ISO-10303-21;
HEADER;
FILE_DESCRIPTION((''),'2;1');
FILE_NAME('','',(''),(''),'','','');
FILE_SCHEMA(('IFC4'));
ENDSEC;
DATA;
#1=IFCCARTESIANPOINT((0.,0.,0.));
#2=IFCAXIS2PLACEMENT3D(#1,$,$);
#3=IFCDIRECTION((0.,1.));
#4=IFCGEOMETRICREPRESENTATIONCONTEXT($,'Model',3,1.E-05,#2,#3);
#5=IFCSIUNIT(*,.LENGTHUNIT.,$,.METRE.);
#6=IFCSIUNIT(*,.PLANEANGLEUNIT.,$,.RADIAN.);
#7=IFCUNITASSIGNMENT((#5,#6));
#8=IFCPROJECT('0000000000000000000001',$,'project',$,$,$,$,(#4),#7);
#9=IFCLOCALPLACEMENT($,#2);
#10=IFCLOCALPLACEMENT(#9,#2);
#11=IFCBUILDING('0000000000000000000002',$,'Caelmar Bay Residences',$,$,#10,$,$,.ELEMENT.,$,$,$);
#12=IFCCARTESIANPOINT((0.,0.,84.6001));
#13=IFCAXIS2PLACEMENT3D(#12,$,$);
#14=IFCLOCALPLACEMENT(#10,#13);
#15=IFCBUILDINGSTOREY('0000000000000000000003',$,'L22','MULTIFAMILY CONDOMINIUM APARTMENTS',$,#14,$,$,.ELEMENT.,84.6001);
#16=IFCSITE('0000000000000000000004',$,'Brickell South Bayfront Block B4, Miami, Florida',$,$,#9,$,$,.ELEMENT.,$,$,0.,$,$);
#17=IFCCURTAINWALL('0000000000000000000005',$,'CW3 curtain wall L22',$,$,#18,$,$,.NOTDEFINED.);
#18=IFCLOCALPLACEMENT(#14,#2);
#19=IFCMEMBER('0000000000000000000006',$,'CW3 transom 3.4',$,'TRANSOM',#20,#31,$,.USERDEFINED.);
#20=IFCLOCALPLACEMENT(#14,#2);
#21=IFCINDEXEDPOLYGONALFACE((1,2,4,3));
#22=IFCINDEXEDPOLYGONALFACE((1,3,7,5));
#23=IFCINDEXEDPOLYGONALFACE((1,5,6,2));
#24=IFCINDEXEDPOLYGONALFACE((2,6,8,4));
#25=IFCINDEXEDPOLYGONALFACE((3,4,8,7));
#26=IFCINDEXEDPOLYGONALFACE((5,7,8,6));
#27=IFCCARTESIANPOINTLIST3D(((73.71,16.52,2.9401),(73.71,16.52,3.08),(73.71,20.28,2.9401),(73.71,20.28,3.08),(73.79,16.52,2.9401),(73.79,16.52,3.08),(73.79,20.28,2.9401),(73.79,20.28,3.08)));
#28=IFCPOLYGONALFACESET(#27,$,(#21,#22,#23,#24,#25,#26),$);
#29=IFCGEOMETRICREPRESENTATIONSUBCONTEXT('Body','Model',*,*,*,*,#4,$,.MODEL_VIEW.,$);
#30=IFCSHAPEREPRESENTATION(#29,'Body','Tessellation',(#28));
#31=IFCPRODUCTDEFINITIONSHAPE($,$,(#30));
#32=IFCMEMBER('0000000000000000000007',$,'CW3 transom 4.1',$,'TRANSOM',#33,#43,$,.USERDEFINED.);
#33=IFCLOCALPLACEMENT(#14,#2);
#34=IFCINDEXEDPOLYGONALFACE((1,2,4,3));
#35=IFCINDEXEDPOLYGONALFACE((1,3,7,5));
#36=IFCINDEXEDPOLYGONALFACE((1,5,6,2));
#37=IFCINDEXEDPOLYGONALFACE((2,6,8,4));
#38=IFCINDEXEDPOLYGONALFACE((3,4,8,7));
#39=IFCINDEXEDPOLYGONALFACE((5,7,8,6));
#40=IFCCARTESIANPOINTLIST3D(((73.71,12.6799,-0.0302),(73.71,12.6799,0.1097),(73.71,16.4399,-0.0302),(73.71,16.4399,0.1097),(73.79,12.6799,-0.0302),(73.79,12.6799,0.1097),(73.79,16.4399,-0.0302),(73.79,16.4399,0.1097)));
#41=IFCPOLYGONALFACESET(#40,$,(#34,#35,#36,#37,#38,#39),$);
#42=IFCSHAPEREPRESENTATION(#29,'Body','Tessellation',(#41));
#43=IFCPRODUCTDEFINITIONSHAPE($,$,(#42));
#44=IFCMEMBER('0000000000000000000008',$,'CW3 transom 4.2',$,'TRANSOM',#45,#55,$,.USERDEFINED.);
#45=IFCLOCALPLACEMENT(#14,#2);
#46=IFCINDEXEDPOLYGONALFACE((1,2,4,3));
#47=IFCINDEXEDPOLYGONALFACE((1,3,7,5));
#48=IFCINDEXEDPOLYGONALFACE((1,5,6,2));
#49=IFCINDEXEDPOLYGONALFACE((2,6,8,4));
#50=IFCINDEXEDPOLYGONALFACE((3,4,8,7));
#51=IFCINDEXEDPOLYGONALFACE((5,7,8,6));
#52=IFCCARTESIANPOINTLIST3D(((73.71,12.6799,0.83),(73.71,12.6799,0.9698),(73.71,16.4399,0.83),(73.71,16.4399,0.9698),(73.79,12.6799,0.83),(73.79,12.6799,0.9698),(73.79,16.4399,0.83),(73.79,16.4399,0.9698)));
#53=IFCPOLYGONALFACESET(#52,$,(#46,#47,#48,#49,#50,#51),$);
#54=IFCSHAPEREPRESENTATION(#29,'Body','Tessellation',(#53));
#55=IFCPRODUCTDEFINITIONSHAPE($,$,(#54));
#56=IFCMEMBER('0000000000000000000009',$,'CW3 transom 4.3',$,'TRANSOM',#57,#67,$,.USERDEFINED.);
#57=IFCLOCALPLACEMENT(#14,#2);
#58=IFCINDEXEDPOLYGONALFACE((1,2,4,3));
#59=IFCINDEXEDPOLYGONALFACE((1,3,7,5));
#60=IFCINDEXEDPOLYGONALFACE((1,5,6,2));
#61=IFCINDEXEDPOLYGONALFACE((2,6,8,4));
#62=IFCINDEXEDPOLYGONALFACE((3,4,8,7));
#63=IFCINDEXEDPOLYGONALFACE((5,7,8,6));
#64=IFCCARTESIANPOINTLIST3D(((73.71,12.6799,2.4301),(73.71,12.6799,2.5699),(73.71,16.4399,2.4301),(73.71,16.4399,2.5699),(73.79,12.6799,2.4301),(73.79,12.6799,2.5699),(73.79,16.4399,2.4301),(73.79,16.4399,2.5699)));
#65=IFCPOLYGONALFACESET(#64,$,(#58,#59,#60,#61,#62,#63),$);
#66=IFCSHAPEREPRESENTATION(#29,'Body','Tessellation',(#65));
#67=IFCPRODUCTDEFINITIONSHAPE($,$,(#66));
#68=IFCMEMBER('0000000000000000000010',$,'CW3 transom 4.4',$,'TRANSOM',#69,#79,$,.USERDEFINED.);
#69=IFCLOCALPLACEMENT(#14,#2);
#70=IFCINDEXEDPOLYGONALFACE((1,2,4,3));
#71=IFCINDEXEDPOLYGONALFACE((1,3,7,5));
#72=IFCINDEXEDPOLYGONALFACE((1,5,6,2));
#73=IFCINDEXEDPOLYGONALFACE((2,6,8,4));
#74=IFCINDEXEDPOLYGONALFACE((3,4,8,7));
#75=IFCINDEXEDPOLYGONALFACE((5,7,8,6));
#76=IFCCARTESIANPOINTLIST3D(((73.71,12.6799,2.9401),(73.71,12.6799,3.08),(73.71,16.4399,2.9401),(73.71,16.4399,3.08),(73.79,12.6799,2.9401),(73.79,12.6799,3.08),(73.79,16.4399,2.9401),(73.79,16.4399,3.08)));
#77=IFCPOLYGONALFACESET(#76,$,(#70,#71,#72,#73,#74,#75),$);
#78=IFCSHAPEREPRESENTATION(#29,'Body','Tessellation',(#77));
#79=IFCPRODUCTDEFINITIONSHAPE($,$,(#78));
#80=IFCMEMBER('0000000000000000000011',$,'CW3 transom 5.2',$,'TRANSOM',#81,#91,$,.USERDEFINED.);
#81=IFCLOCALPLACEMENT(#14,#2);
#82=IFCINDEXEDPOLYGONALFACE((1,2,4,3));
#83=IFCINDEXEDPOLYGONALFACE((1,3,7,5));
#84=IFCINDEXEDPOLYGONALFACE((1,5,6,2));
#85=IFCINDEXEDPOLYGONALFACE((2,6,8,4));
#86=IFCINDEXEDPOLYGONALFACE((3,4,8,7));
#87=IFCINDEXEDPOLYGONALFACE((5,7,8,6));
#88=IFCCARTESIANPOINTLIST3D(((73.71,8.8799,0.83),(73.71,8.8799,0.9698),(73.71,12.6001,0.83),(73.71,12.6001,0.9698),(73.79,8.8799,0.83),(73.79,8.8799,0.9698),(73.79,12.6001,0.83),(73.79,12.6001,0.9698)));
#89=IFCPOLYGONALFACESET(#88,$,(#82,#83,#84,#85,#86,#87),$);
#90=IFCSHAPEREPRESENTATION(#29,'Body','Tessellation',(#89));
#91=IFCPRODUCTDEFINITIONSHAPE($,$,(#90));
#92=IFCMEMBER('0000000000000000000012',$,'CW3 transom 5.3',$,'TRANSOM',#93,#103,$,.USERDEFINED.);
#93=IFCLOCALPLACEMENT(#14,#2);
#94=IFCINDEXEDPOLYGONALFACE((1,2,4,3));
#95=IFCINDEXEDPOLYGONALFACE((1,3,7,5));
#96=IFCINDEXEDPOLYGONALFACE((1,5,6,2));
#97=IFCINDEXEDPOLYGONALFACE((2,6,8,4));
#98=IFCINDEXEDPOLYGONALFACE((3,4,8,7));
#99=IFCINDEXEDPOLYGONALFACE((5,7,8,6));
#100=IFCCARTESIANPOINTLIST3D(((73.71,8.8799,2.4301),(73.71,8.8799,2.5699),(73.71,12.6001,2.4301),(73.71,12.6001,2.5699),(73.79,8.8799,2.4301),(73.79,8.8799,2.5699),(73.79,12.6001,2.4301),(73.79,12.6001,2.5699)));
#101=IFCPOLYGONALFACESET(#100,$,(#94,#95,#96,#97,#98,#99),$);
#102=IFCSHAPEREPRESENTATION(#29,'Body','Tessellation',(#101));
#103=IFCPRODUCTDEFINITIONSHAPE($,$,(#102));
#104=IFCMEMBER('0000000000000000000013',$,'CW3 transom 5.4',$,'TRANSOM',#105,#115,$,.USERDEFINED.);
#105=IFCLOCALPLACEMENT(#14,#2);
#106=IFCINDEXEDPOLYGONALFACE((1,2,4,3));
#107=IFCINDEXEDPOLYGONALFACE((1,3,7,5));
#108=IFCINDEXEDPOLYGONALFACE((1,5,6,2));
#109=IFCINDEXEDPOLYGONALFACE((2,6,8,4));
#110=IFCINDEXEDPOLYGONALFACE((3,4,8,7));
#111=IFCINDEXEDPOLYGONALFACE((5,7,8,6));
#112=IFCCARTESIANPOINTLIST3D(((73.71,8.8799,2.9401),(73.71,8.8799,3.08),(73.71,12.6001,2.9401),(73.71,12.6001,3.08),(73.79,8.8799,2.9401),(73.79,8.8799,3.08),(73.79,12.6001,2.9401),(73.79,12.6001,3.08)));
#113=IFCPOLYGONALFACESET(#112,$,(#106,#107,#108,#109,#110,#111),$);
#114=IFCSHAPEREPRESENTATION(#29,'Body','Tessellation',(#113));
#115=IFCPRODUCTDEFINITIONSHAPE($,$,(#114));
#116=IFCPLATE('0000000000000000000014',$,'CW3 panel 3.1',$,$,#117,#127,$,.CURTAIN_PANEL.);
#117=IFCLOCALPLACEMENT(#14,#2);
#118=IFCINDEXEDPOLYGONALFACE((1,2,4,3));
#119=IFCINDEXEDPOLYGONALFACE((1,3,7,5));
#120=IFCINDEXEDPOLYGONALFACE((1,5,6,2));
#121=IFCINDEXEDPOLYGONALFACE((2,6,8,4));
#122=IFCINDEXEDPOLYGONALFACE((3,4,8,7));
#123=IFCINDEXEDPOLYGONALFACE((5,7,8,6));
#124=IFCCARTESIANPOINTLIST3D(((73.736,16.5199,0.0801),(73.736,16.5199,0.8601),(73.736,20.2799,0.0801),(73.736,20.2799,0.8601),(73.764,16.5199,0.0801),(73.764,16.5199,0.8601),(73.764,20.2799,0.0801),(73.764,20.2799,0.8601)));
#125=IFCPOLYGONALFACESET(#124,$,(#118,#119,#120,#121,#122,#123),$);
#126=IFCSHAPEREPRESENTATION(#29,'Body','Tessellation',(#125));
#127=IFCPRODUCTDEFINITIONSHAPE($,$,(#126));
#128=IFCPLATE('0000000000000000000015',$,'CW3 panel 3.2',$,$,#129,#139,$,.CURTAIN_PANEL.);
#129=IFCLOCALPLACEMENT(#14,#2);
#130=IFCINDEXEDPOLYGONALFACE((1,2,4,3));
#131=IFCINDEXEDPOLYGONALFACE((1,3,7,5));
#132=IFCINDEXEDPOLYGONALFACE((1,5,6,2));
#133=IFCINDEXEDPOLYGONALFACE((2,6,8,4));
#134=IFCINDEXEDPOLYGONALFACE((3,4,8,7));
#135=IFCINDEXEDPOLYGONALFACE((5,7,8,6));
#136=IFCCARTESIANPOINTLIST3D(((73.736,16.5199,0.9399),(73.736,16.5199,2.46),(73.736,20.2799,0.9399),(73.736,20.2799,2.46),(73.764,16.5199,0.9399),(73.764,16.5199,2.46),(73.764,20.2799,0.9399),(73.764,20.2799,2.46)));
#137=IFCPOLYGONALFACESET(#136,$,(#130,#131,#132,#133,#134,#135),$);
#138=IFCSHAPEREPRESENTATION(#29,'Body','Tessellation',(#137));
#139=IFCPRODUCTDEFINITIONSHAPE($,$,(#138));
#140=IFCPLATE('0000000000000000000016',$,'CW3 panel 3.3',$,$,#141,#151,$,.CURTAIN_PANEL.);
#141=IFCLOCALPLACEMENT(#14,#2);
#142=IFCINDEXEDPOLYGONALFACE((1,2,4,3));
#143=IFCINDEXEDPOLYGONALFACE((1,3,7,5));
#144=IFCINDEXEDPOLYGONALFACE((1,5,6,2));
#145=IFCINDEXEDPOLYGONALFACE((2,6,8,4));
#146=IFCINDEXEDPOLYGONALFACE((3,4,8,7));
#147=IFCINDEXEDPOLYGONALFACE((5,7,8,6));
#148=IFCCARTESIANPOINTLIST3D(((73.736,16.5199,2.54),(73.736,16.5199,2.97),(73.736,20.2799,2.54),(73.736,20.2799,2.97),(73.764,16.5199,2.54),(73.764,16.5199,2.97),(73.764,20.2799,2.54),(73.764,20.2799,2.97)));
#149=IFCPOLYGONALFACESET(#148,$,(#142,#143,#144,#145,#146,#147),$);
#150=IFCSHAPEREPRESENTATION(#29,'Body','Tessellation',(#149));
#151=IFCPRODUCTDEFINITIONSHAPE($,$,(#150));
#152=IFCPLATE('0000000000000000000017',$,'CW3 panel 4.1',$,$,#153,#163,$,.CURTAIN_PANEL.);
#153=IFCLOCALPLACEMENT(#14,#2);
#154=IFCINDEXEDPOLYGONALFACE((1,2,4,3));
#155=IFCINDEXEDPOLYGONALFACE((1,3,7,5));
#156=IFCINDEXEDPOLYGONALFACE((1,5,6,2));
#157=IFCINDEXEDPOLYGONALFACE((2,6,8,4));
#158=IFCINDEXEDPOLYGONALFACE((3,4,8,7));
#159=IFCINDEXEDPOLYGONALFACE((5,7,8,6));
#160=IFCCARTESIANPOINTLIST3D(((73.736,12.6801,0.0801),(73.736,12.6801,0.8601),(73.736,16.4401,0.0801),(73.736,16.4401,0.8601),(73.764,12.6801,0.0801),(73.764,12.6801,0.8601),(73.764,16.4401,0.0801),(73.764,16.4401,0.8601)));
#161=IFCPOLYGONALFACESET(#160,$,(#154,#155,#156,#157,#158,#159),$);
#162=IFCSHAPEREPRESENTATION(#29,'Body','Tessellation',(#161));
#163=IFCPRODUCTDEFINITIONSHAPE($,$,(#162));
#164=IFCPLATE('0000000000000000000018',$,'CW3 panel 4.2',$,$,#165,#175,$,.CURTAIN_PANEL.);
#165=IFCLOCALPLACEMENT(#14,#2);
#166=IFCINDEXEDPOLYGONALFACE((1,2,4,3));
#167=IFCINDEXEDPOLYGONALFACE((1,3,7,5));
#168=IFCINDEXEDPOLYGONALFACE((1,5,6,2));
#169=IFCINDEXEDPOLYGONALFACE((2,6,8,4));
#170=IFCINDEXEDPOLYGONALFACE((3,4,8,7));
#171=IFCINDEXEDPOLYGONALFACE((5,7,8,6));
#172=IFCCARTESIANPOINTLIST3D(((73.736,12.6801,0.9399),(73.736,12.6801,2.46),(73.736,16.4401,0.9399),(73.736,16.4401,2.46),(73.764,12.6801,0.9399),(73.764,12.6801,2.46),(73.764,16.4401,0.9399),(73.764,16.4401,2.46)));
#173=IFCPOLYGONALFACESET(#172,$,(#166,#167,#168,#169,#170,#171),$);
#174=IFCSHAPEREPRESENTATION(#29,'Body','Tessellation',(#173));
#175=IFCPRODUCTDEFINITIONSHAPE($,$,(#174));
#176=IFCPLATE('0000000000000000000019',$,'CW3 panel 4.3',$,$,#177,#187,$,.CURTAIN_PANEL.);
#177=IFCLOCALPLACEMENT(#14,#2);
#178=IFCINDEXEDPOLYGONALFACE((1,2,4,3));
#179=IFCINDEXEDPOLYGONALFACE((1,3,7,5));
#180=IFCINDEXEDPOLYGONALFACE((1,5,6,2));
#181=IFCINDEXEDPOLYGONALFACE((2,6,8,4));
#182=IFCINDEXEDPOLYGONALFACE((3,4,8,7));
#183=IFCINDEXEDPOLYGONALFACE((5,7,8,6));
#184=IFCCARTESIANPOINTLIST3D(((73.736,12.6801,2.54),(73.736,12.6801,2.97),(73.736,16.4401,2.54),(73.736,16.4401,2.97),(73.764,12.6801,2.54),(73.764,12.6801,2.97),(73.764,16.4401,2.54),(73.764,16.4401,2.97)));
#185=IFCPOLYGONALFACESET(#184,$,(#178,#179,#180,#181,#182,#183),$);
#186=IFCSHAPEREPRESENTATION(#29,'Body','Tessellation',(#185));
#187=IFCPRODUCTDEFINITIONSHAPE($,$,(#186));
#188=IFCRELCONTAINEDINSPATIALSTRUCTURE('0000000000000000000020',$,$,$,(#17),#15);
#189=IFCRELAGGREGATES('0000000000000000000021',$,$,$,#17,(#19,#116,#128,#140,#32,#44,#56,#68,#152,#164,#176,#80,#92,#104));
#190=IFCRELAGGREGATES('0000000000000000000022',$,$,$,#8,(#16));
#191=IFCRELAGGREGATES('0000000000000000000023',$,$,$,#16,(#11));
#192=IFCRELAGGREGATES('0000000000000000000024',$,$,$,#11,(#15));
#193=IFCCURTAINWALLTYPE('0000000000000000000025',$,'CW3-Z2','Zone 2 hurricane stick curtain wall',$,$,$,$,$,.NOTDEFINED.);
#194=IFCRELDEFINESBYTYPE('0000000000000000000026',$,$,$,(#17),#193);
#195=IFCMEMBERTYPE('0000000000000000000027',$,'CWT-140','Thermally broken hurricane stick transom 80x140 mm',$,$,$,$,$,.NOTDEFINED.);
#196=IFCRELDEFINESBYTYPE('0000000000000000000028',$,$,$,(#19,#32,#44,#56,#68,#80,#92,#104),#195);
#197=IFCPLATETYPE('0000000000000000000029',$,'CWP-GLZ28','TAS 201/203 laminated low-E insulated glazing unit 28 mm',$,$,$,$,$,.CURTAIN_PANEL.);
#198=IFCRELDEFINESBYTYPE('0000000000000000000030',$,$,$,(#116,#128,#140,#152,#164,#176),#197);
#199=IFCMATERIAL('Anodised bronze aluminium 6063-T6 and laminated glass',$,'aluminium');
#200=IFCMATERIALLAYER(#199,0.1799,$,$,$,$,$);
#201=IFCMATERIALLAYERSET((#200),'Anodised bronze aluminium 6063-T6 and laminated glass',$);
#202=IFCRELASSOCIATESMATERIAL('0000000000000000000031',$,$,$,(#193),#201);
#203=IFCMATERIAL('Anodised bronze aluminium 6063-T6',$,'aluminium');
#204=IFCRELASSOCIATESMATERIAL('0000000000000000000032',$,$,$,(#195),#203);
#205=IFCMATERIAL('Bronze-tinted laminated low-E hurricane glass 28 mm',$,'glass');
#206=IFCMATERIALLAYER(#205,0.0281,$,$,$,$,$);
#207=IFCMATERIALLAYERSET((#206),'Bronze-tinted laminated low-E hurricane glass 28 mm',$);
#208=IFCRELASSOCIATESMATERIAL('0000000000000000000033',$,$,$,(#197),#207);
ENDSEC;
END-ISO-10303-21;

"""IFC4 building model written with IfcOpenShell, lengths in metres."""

from ifc_helpers import new_model, si_unit, direction, frame, origin, origin_2d, place, context, subcontext, project, spatial, rectangle, extrude, material, layer, layer_set, material_profile, profile_set, type_object, element, aggregate, save


model = new_model("IFC4")

# Units and contexts
model_context = context("Model", 3, precision=1e-05, world=origin(), true_north=direction((0.0, 1.0)))
body_context = subcontext(model_context, "Body", "Model", "MODEL_VIEW")
ifc_project = project(units=[si_unit("LENGTHUNIT", "METRE"), si_unit("PLANEANGLEUNIT", "RADIAN")], contexts=[model_context])

# Site, building, storey
site_placement = place(None, origin())
site = spatial("IfcSite", under=ifc_project, at=site_placement, Name="Brickell South Bayfront Block B4, Miami, Florida", CompositionType="ELEMENT", RefElevation=0.0)
building_placement = place(site_placement, origin())
building = spatial("IfcBuilding", under=site, at=building_placement, Name="Caelmar Bay Residences", CompositionType="ELEMENT")
storey_placement = place(building_placement, frame((0.0, 0.0, 84.6001)))
storey = spatial("IfcBuildingStorey", under=building, at=storey_placement, Name="L22", Description="MULTIFAMILY CONDOMINIUM APARTMENTS", CompositionType="ELEMENT", Elevation=84.6001)

# Curtain wall, members, plates
ifc_material_1 = material(Name="Anodised bronze aluminium 6063-T6 and laminated glass", Category="aluminium")
ifc_layer_1 = layer(ifc_material_1, 0.1799)
ifc_layer_set_1 = layer_set([ifc_layer_1], Name="Anodised bronze aluminium 6063-T6 and laminated glass")
curtain_wall_type = type_object("IfcCurtainWallType", Name="CW3-Z2", Description="Zone 2 hurricane stick curtain wall", PredefinedType="NOTDEFINED", material=ifc_layer_set_1)
curtain_wall_placement = place(storey_placement, origin())
curtain_wall = element("IfcCurtainWall", 1, at=curtain_wall_placement, inside=storey, type_object=curtain_wall_type, Name="CW3 curtain wall L22", PredefinedType="NOTDEFINED")
ifc_material_2 = material(Name="Anodised bronze aluminium 6063-T6", Category="aluminium")
ifc_material_profile_1 = material_profile(ifc_material_2, rectangle(XDim=0.0801, YDim=0.1399, at=origin_2d()), Name="CWT-80X140")
ifc_profile_set_1 = profile_set([ifc_material_profile_1], Name="Anodised bronze aluminium 6063-T6")
member_type_1 = type_object("IfcMemberType", Name="CWT-140", Description="Thermally broken hurricane stick transom 80x140 mm", PredefinedType="NOTDEFINED", material=ifc_profile_set_1)
member_1_placement = place(storey_placement, frame((73.75, 20.28, 3.01), z_axis=(0.0, -1.0, 0.0), x_axis=(1.0, 0.0, 0.0)))
member_1 = element("IfcMember", 2, at=member_1_placement, type_object=member_type_1, Name="CW3 transom 3.4", ObjectType="TRANSOM", PredefinedType="USERDEFINED", context=body_context, shape_type="SweptSolid", body=[
    extrude(rectangle(XDim=0.0801, YDim=0.1399, at=origin_2d()), origin(), (0.0, 0.0, 1.0), 3.76),
])
member_2_placement = place(storey_placement, frame((73.75, 16.4399, 0.0398), z_axis=(0.0, -1.0, 0.0), x_axis=(1.0, 0.0, 0.0)))
member_2 = element("IfcMember", 3, at=member_2_placement, type_object=member_type_1, Name="CW3 transom 4.1", ObjectType="TRANSOM", PredefinedType="USERDEFINED", context=body_context, shape_type="SweptSolid", body=[
    extrude(rectangle(XDim=0.0801, YDim=0.1399, at=origin_2d()), origin(), (0.0, 0.0, 1.0), 3.76),
])
member_3_placement = place(storey_placement, frame((73.75, 16.4399, 0.8999), z_axis=(0.0, -1.0, 0.0), x_axis=(1.0, 0.0, 0.0)))
member_3 = element("IfcMember", 4, at=member_3_placement, type_object=member_type_1, Name="CW3 transom 4.2", ObjectType="TRANSOM", PredefinedType="USERDEFINED", context=body_context, shape_type="SweptSolid", body=[
    extrude(rectangle(XDim=0.0801, YDim=0.1399, at=origin_2d()), origin(), (0.0, 0.0, 1.0), 3.76),
])
member_4_placement = place(storey_placement, frame((73.75, 16.4399, 2.5), z_axis=(0.0, -1.0, 0.0), x_axis=(1.0, 0.0, 0.0)))
member_4 = element("IfcMember", 5, at=member_4_placement, type_object=member_type_1, Name="CW3 transom 4.3", ObjectType="TRANSOM", PredefinedType="USERDEFINED", context=body_context, shape_type="SweptSolid", body=[
    extrude(rectangle(XDim=0.0801, YDim=0.1399, at=origin_2d()), origin(), (0.0, 0.0, 1.0), 3.76),
])
member_5_placement = place(storey_placement, frame((73.75, 16.4399, 3.01), z_axis=(0.0, -1.0, 0.0), x_axis=(1.0, 0.0, 0.0)))
member_5 = element("IfcMember", 6, at=member_5_placement, type_object=member_type_1, Name="CW3 transom 4.4", ObjectType="TRANSOM", PredefinedType="USERDEFINED", context=body_context, shape_type="SweptSolid", body=[
    extrude(rectangle(XDim=0.0801, YDim=0.1399, at=origin_2d()), origin(), (0.0, 0.0, 1.0), 3.76),
])
member_6_placement = place(storey_placement, frame((73.75, 12.6001, 0.8999), z_axis=(0.0, -1.0, 0.0), x_axis=(1.0, 0.0, 0.0)))
member_6 = element("IfcMember", 7, at=member_6_placement, type_object=member_type_1, Name="CW3 transom 5.2", ObjectType="TRANSOM", PredefinedType="USERDEFINED", context=body_context, shape_type="SweptSolid", body=[
    extrude(rectangle(XDim=0.0801, YDim=0.1399, at=origin_2d()), origin(), (0.0, 0.0, 1.0), 3.7202),
])
member_7_placement = place(storey_placement, frame((73.75, 12.6001, 2.5), z_axis=(0.0, -1.0, 0.0), x_axis=(1.0, 0.0, 0.0)))
member_7 = element("IfcMember", 8, at=member_7_placement, type_object=member_type_1, Name="CW3 transom 5.3", ObjectType="TRANSOM", PredefinedType="USERDEFINED", context=body_context, shape_type="SweptSolid", body=[
    extrude(rectangle(XDim=0.0801, YDim=0.1399, at=origin_2d()), origin(), (0.0, 0.0, 1.0), 3.7202),
])
member_8_placement = place(storey_placement, frame((73.75, 12.6001, 3.01), z_axis=(0.0, -1.0, 0.0), x_axis=(1.0, 0.0, 0.0)))
member_8 = element("IfcMember", 9, at=member_8_placement, type_object=member_type_1, Name="CW3 transom 5.4", ObjectType="TRANSOM", PredefinedType="USERDEFINED", context=body_context, shape_type="SweptSolid", body=[
    extrude(rectangle(XDim=0.0801, YDim=0.1399, at=origin_2d()), origin(), (0.0, 0.0, 1.0), 3.7202),
])
ifc_material_3 = material(Name="Bronze-tinted laminated low-E hurricane glass 28 mm", Category="glass")
ifc_layer_2 = layer(ifc_material_3, 0.0281)
ifc_layer_set_2 = layer_set([ifc_layer_2], Name="Bronze-tinted laminated low-E hurricane glass 28 mm")
plate_type = type_object("IfcPlateType", Name="CWP-GLZ28", Description="TAS 201/203 laminated low-E insulated glazing unit 28 mm", PredefinedType="CURTAIN_PANEL", material=ifc_layer_set_2)
plate_1_placement = place(storey_placement, frame((73.75, 18.3999, 0.0801), z_axis=(0.0, 0.0, 1.0), x_axis=(0.0, -1.0, 0.0)))
plate_1 = element("IfcPlate", 10, at=plate_1_placement, type_object=plate_type, Name="CW3 panel 3.1", PredefinedType="CURTAIN_PANEL", context=body_context, shape_type="SweptSolid", body=[
    extrude(rectangle(XDim=3.76, YDim=0.0281, at=origin_2d()), origin(), (0.0, 0.0, 1.0), 0.78),
])
plate_2_placement = place(storey_placement, frame((73.75, 18.3999, 0.9399), z_axis=(0.0, 0.0, 1.0), x_axis=(0.0, -1.0, 0.0)))
plate_2 = element("IfcPlate", 11, at=plate_2_placement, type_object=plate_type, Name="CW3 panel 3.2", PredefinedType="CURTAIN_PANEL", context=body_context, shape_type="SweptSolid", body=[
    extrude(rectangle(XDim=3.76, YDim=0.0281, at=origin_2d()), origin(), (0.0, 0.0, 1.0), 1.52),
])
plate_3_placement = place(storey_placement, frame((73.75, 18.3999, 2.54), z_axis=(0.0, 0.0, 1.0), x_axis=(0.0, -1.0, 0.0)))
plate_3 = element("IfcPlate", 12, at=plate_3_placement, type_object=plate_type, Name="CW3 panel 3.3", PredefinedType="CURTAIN_PANEL", context=body_context, shape_type="SweptSolid", body=[
    extrude(rectangle(XDim=3.76, YDim=0.0281, at=origin_2d()), origin(), (0.0, 0.0, 1.0), 0.4299),
])
plate_4_placement = place(storey_placement, frame((73.75, 14.5601, 0.0801), z_axis=(0.0, 0.0, 1.0), x_axis=(0.0, -1.0, 0.0)))
plate_4 = element("IfcPlate", 13, at=plate_4_placement, type_object=plate_type, Name="CW3 panel 4.1", PredefinedType="CURTAIN_PANEL", context=body_context, shape_type="SweptSolid", body=[
    extrude(rectangle(XDim=3.76, YDim=0.0281, at=origin_2d()), origin(), (0.0, 0.0, 1.0), 0.78),
])
plate_5_placement = place(storey_placement, frame((73.75, 14.5601, 0.9399), z_axis=(0.0, 0.0, 1.0), x_axis=(0.0, -1.0, 0.0)))
plate_5 = element("IfcPlate", 14, at=plate_5_placement, type_object=plate_type, Name="CW3 panel 4.2", PredefinedType="CURTAIN_PANEL", context=body_context, shape_type="SweptSolid", body=[
    extrude(rectangle(XDim=3.76, YDim=0.0281, at=origin_2d()), origin(), (0.0, 0.0, 1.0), 1.52),
])
plate_6_placement = place(storey_placement, frame((73.75, 14.5601, 2.54), z_axis=(0.0, 0.0, 1.0), x_axis=(0.0, -1.0, 0.0)))
plate_6 = element("IfcPlate", 15, at=plate_6_placement, type_object=plate_type, Name="CW3 panel 4.3", PredefinedType="CURTAIN_PANEL", context=body_context, shape_type="SweptSolid", body=[
    extrude(rectangle(XDim=3.76, YDim=0.0281, at=origin_2d()), origin(), (0.0, 0.0, 1.0), 0.4299),
])
aggregate(curtain_wall, [member_1, plate_1, plate_2, plate_3, member_2, member_3, member_4, member_5, plate_4, plate_5, plate_6, member_6, member_7, member_8])

save(model, "model.ifc")
